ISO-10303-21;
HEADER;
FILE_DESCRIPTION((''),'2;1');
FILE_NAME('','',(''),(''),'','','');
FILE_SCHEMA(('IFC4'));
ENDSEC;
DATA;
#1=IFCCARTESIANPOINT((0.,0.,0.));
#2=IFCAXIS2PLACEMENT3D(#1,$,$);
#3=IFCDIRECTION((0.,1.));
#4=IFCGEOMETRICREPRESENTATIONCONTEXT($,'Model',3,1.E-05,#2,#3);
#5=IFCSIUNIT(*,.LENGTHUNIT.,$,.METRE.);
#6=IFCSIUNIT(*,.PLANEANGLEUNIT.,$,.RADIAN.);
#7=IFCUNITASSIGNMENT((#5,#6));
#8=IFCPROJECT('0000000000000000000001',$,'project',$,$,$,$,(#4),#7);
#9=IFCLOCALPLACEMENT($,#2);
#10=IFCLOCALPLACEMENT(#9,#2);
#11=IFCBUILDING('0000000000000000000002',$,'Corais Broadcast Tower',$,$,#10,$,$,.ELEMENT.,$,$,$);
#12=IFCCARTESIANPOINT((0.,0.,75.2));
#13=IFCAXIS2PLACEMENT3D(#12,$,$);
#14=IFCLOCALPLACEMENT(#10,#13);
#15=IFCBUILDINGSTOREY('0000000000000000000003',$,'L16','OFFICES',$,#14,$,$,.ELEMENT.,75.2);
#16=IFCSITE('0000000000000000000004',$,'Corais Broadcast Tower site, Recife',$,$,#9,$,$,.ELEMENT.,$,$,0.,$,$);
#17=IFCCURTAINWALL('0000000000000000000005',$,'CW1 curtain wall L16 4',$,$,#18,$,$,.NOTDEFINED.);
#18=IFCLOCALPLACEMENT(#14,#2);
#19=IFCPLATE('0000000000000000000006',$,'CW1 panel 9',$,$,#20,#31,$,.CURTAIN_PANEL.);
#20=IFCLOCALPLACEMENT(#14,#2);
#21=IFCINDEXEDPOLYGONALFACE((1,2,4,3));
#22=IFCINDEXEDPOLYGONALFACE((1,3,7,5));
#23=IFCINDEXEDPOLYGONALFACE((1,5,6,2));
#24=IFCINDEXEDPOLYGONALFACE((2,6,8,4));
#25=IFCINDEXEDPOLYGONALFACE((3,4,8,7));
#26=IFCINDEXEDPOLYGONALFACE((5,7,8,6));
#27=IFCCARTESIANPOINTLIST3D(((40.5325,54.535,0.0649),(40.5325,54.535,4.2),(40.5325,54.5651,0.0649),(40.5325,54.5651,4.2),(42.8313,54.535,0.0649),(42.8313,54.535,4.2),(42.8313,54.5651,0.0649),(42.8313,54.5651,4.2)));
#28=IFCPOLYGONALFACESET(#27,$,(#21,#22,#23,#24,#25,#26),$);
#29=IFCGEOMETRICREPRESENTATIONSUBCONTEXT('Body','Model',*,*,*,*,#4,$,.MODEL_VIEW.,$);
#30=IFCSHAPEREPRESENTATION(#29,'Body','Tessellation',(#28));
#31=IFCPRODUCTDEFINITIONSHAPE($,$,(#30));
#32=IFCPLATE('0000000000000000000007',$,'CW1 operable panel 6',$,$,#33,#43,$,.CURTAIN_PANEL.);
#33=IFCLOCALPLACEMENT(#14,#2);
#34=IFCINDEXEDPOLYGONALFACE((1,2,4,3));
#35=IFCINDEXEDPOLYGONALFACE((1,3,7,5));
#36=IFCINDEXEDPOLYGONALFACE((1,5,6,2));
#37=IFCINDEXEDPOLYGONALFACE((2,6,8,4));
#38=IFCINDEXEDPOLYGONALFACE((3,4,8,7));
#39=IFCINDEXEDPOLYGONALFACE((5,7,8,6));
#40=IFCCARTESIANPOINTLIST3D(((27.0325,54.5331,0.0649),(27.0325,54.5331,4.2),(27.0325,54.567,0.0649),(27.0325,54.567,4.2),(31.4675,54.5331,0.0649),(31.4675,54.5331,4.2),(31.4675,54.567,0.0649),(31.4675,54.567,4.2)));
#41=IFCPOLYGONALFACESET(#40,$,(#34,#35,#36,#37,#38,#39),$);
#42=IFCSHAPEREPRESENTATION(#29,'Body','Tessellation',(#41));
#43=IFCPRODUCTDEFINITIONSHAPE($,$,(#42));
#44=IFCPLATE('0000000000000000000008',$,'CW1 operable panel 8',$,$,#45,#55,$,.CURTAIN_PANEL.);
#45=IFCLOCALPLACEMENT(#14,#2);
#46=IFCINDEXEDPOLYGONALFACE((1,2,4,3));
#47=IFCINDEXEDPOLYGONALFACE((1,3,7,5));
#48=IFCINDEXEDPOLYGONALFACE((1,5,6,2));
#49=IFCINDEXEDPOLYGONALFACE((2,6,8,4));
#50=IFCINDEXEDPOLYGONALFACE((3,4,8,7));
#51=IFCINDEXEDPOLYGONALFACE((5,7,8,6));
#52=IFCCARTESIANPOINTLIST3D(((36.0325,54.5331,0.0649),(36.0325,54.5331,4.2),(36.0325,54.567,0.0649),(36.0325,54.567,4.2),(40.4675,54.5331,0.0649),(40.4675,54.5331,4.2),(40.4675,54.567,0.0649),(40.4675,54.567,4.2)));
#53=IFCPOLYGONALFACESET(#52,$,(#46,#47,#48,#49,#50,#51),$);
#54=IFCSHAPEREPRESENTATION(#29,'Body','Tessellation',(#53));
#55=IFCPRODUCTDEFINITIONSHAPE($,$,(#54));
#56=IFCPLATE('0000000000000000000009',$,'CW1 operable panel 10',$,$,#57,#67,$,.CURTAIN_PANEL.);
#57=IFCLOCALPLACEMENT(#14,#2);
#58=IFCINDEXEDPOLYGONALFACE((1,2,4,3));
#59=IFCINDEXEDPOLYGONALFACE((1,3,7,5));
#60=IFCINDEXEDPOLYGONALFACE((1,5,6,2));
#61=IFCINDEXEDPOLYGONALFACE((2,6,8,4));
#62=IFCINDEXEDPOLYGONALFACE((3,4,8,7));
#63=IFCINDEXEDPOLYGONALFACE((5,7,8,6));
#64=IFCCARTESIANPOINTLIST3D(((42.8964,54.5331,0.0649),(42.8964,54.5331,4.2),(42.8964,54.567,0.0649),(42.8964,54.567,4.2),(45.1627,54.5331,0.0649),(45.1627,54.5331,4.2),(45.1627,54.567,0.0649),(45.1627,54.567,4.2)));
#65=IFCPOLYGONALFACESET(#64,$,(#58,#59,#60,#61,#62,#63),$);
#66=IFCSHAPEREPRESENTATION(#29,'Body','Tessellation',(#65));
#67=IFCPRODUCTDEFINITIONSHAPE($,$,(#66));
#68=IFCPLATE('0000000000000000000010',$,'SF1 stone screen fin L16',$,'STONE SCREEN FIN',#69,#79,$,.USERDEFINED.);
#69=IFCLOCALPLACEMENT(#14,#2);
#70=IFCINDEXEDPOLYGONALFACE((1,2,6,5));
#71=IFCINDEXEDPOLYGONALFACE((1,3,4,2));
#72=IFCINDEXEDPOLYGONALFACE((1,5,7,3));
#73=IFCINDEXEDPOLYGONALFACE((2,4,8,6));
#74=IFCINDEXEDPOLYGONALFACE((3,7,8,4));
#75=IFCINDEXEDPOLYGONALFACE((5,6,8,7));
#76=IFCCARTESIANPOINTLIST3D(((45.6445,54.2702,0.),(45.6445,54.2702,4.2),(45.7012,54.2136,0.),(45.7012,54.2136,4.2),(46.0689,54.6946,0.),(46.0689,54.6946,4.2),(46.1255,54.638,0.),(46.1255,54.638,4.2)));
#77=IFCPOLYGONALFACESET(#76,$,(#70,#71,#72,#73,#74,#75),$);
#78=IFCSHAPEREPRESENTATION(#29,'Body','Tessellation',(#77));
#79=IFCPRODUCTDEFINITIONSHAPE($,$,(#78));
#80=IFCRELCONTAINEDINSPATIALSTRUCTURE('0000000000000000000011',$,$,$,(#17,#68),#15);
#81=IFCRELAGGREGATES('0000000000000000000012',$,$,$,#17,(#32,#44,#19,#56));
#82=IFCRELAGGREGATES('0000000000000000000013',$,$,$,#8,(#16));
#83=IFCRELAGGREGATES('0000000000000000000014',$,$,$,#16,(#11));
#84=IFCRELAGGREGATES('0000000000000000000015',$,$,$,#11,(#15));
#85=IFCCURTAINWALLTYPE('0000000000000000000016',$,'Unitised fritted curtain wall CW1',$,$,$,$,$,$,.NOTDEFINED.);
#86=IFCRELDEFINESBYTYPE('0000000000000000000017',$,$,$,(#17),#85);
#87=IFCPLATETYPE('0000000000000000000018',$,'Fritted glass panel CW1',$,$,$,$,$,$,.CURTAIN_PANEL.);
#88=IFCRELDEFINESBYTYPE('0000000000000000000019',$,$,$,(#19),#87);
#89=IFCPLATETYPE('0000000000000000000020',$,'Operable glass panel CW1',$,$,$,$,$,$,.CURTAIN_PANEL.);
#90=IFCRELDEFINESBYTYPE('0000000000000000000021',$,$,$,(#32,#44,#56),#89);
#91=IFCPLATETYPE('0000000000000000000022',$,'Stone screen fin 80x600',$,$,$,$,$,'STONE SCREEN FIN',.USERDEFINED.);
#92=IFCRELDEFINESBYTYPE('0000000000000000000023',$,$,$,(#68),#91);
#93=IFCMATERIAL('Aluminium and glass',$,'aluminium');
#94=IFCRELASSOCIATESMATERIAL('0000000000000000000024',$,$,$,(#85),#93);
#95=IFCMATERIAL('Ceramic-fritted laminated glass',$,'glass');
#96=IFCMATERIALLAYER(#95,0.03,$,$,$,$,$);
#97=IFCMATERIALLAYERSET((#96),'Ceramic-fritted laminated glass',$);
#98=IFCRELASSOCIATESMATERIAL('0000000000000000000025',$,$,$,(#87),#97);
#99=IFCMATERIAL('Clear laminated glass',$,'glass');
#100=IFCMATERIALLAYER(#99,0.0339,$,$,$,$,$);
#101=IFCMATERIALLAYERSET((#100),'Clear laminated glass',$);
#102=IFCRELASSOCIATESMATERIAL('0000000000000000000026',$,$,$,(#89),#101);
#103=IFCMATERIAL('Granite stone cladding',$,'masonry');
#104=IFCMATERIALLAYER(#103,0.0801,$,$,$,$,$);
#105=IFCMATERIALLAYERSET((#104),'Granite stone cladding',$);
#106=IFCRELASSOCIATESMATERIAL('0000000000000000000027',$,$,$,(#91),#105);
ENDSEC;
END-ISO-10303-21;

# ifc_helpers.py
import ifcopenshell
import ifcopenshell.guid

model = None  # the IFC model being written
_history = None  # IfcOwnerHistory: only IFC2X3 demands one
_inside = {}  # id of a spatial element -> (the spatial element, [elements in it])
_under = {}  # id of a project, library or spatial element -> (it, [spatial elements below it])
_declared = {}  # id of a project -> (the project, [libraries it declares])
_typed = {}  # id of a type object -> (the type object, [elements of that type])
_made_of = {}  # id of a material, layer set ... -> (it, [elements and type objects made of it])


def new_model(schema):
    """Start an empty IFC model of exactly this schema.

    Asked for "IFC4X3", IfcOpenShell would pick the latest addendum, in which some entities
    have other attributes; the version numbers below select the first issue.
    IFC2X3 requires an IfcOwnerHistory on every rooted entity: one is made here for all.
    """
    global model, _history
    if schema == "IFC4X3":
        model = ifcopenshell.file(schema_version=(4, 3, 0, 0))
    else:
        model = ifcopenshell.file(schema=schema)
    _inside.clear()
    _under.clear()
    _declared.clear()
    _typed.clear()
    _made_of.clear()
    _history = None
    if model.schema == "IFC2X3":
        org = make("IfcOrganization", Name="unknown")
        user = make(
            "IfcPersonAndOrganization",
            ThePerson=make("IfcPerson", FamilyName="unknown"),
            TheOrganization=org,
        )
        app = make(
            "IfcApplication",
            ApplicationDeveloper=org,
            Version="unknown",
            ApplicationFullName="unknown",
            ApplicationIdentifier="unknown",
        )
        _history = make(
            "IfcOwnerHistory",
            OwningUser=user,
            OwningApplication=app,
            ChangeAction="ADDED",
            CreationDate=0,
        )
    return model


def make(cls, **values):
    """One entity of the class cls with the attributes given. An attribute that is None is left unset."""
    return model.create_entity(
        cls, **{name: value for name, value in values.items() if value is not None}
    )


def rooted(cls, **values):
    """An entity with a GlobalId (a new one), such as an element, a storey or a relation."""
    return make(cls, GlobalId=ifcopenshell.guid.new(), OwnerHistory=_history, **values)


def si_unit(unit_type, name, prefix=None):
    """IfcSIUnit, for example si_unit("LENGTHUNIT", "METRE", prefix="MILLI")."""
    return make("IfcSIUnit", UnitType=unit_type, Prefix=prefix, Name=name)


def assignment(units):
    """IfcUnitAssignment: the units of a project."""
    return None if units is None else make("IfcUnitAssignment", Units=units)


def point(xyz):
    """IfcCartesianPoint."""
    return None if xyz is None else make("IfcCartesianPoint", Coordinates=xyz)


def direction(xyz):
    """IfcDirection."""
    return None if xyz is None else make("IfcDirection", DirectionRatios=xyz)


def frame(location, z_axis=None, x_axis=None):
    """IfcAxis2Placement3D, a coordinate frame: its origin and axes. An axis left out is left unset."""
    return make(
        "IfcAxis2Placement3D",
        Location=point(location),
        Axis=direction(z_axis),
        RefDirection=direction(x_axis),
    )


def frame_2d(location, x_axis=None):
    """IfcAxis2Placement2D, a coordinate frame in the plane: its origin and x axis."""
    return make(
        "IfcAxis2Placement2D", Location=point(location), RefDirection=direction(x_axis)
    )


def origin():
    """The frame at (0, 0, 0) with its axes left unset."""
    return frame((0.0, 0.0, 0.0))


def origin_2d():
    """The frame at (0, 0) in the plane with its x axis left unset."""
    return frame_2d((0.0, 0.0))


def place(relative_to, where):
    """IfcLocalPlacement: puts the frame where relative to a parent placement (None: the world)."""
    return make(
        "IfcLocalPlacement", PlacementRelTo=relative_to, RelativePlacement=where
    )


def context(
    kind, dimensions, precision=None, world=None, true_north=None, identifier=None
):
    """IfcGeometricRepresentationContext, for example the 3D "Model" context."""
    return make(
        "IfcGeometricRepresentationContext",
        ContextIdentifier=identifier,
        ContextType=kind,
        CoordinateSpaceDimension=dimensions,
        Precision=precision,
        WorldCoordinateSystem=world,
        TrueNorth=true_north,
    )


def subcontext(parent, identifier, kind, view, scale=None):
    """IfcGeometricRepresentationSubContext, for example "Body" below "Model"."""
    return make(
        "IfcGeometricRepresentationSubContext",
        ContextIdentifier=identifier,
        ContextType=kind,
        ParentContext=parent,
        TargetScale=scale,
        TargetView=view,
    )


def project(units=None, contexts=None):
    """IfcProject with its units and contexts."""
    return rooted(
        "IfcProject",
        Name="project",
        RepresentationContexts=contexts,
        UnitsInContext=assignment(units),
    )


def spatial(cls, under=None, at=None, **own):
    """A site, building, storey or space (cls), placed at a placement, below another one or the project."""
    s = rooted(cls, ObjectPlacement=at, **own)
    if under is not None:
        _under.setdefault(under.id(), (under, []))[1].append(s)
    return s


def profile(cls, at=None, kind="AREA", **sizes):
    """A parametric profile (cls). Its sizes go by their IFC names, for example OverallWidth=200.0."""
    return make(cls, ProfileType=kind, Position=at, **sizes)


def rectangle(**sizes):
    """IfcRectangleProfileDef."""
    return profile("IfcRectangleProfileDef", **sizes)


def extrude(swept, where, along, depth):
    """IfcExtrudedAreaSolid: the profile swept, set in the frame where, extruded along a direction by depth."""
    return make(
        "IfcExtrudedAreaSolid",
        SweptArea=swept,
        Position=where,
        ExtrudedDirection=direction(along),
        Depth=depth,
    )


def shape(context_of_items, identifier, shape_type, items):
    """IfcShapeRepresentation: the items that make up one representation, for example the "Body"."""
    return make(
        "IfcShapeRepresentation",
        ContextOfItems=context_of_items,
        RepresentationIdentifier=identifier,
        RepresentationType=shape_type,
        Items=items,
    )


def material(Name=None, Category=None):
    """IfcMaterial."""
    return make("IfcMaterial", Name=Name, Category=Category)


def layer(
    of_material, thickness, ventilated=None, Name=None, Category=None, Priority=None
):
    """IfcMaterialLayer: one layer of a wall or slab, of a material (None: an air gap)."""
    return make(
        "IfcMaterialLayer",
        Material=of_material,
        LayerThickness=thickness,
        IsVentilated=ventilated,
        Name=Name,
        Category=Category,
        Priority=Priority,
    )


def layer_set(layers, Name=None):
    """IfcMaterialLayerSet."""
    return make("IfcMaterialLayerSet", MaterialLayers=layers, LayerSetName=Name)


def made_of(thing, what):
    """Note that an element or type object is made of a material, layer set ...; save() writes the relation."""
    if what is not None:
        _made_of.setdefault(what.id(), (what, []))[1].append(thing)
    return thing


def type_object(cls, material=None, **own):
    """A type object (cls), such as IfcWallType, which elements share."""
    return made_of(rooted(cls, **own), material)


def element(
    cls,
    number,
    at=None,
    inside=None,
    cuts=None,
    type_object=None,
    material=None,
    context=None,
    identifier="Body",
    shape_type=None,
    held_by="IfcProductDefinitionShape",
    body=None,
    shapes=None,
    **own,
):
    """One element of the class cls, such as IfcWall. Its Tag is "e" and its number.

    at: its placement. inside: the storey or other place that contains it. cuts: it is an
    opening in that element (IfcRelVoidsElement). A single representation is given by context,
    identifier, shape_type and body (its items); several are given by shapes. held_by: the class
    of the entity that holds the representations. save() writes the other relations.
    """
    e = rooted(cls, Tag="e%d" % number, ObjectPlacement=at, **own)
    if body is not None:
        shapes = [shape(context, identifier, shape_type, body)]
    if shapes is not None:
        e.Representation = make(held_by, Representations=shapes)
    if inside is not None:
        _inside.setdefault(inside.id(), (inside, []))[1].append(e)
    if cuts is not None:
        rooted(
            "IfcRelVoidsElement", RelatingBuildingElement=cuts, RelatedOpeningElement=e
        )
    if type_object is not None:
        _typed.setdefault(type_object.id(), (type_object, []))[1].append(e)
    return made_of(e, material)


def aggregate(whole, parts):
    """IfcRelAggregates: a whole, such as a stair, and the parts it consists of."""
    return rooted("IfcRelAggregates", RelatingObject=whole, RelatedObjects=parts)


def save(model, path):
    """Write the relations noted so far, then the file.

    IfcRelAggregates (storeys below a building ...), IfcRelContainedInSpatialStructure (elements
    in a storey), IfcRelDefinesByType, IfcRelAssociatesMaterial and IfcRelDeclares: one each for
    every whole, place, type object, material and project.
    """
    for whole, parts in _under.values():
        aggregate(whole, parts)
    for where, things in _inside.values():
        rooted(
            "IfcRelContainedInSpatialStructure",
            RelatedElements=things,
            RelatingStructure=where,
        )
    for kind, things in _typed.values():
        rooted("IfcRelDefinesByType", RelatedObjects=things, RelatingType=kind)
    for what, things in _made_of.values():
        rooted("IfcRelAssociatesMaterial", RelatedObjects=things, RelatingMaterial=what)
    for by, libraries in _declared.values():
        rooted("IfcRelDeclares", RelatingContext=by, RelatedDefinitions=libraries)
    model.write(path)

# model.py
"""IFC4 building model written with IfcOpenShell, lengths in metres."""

from ifc_helpers import new_model, si_unit, direction, frame, origin, origin_2d, place, context, subcontext, project, spatial, rectangle, extrude, material, layer, layer_set, type_object, element, aggregate, save


model = new_model("IFC4")

# Units and contexts
model_context = context("Model", 3, precision=1e-05, world=origin(), true_north=direction((0.0, 1.0)))
body_context = subcontext(model_context, "Body", "Model", "MODEL_VIEW")
ifc_project = project(units=[si_unit("LENGTHUNIT", "METRE"), si_unit("PLANEANGLEUNIT", "RADIAN")], contexts=[model_context])

# Site, building, storey
site_placement = place(None, origin())
site = spatial("IfcSite", under=ifc_project, at=site_placement, Name="Corais Broadcast Tower site, Recife", CompositionType="ELEMENT", RefElevation=0.0)
building_placement = place(site_placement, origin())
building = spatial("IfcBuilding", under=site, at=building_placement, Name="Corais Broadcast Tower", CompositionType="ELEMENT")
storey_placement = place(building_placement, frame((0.0, 0.0, 75.2)))
storey = spatial("IfcBuildingStorey", under=building, at=storey_placement, Name="L16", Description="OFFICES", CompositionType="ELEMENT", Elevation=75.2)

# Curtain wall
ifc_material_1 = material(Name="Aluminium and glass", Category="aluminium")
curtain_wall_type = type_object("IfcCurtainWallType", Name="Unitised fritted curtain wall CW1", PredefinedType="NOTDEFINED", material=ifc_material_1)
curtain_wall_1_placement = place(storey_placement, origin())
curtain_wall_1 = element("IfcCurtainWall", 1, at=curtain_wall_1_placement, inside=storey, type_object=curtain_wall_type, Name="CW1 curtain wall L16 4", PredefinedType="NOTDEFINED")

# Plates
ifc_material_2 = material(Name="Ceramic-fritted laminated glass", Category="glass")
ifc_layer_1 = layer(ifc_material_2, 0.03)
ifc_layer_set_1 = layer_set([ifc_layer_1], Name="Ceramic-fritted laminated glass")
plate_type_1 = type_object("IfcPlateType", Name="Fritted glass panel CW1", PredefinedType="CURTAIN_PANEL", material=ifc_layer_set_1)
plate_1_placement = place(storey_placement, frame((41.6819, 54.55, 0.0649), z_axis=(0.0, 0.0, 1.0), x_axis=(1.0, 0.0, 0.0)))
plate_1 = element("IfcPlate", 2, at=plate_1_placement, type_object=plate_type_1, Name="CW1 panel 9", PredefinedType="CURTAIN_PANEL", context=body_context, shape_type="SweptSolid", body=[
    extrude(rectangle(XDim=2.2988, YDim=0.03, at=origin_2d()), origin(), (0.0, 0.0, 1.0), 4.135),
])
ifc_material_3 = material(Name="Clear laminated glass", Category="glass")
ifc_layer_2 = layer(ifc_material_3, 0.0339)
ifc_layer_set_2 = layer_set([ifc_layer_2], Name="Clear laminated glass")
plate_type_2 = type_object("IfcPlateType", Name="Operable glass panel CW1", PredefinedType="CURTAIN_PANEL", material=ifc_layer_set_2)
plate_2_placement = place(storey_placement, frame((29.25, 54.55, 0.0649), z_axis=(0.0, 0.0, 1.0), x_axis=(1.0, 0.0, 0.0)))
plate_2 = element("IfcPlate", 3, at=plate_2_placement, type_object=plate_type_2, Name="CW1 operable panel 6", PredefinedType="CURTAIN_PANEL", context=body_context, shape_type="SweptSolid", body=[
    extrude(rectangle(XDim=4.4351, YDim=0.0339, at=origin_2d()), origin(), (0.0, 0.0, 1.0), 4.135),
])
plate_3_placement = place(storey_placement, frame((38.25, 54.55, 0.0649), z_axis=(0.0, 0.0, 1.0), x_axis=(1.0, 0.0, 0.0)))
plate_3 = element("IfcPlate", 4, at=plate_3_placement, type_object=plate_type_2, Name="CW1 operable panel 8", PredefinedType="CURTAIN_PANEL", context=body_context, shape_type="SweptSolid", body=[
    extrude(rectangle(XDim=4.4351, YDim=0.0339, at=origin_2d()), origin(), (0.0, 0.0, 1.0), 4.135),
])
plate_4_placement = place(storey_placement, frame((44.0295, 54.55, 0.0649), z_axis=(0.0, 0.0, 1.0), x_axis=(1.0, 0.0, 0.0)))
plate_4 = element("IfcPlate", 5, at=plate_4_placement, type_object=plate_type_2, Name="CW1 operable panel 10", PredefinedType="CURTAIN_PANEL", context=body_context, shape_type="SweptSolid", body=[
    extrude(rectangle(XDim=2.2664, YDim=0.0339, at=origin_2d()), origin(), (0.0, 0.0, 1.0), 4.135),
])
aggregate(curtain_wall_1, [plate_2, plate_3, plate_1, plate_4])
ifc_material_4 = material(Name="Granite stone cladding", Category="masonry")
ifc_layer_3 = layer(ifc_material_4, 0.0801)
ifc_layer_set_3 = layer_set([ifc_layer_3], Name="Granite stone cladding")
plate_type_3 = type_object("IfcPlateType", Name="Stone screen fin 80x600", ElementType="STONE SCREEN FIN", PredefinedType="USERDEFINED", material=ifc_layer_set_3)
plate_5_placement = place(storey_placement, frame((45.885, 54.4541, 0.0), z_axis=(0.0, 0.0, 1.0), x_axis=(0.707107, -0.707107, 0.0)))
element("IfcPlate", 6, at=plate_5_placement, inside=storey, type_object=plate_type_3, Name="SF1 stone screen fin L16", ObjectType="STONE SCREEN FIN", PredefinedType="USERDEFINED", context=body_context, shape_type="SweptSolid", body=[
    extrude(rectangle(XDim=0.0801, YDim=0.6001, at=origin_2d()), origin(), (0.0, 0.0, 1.0), 4.2),
])

save(model, "model.ifc")
